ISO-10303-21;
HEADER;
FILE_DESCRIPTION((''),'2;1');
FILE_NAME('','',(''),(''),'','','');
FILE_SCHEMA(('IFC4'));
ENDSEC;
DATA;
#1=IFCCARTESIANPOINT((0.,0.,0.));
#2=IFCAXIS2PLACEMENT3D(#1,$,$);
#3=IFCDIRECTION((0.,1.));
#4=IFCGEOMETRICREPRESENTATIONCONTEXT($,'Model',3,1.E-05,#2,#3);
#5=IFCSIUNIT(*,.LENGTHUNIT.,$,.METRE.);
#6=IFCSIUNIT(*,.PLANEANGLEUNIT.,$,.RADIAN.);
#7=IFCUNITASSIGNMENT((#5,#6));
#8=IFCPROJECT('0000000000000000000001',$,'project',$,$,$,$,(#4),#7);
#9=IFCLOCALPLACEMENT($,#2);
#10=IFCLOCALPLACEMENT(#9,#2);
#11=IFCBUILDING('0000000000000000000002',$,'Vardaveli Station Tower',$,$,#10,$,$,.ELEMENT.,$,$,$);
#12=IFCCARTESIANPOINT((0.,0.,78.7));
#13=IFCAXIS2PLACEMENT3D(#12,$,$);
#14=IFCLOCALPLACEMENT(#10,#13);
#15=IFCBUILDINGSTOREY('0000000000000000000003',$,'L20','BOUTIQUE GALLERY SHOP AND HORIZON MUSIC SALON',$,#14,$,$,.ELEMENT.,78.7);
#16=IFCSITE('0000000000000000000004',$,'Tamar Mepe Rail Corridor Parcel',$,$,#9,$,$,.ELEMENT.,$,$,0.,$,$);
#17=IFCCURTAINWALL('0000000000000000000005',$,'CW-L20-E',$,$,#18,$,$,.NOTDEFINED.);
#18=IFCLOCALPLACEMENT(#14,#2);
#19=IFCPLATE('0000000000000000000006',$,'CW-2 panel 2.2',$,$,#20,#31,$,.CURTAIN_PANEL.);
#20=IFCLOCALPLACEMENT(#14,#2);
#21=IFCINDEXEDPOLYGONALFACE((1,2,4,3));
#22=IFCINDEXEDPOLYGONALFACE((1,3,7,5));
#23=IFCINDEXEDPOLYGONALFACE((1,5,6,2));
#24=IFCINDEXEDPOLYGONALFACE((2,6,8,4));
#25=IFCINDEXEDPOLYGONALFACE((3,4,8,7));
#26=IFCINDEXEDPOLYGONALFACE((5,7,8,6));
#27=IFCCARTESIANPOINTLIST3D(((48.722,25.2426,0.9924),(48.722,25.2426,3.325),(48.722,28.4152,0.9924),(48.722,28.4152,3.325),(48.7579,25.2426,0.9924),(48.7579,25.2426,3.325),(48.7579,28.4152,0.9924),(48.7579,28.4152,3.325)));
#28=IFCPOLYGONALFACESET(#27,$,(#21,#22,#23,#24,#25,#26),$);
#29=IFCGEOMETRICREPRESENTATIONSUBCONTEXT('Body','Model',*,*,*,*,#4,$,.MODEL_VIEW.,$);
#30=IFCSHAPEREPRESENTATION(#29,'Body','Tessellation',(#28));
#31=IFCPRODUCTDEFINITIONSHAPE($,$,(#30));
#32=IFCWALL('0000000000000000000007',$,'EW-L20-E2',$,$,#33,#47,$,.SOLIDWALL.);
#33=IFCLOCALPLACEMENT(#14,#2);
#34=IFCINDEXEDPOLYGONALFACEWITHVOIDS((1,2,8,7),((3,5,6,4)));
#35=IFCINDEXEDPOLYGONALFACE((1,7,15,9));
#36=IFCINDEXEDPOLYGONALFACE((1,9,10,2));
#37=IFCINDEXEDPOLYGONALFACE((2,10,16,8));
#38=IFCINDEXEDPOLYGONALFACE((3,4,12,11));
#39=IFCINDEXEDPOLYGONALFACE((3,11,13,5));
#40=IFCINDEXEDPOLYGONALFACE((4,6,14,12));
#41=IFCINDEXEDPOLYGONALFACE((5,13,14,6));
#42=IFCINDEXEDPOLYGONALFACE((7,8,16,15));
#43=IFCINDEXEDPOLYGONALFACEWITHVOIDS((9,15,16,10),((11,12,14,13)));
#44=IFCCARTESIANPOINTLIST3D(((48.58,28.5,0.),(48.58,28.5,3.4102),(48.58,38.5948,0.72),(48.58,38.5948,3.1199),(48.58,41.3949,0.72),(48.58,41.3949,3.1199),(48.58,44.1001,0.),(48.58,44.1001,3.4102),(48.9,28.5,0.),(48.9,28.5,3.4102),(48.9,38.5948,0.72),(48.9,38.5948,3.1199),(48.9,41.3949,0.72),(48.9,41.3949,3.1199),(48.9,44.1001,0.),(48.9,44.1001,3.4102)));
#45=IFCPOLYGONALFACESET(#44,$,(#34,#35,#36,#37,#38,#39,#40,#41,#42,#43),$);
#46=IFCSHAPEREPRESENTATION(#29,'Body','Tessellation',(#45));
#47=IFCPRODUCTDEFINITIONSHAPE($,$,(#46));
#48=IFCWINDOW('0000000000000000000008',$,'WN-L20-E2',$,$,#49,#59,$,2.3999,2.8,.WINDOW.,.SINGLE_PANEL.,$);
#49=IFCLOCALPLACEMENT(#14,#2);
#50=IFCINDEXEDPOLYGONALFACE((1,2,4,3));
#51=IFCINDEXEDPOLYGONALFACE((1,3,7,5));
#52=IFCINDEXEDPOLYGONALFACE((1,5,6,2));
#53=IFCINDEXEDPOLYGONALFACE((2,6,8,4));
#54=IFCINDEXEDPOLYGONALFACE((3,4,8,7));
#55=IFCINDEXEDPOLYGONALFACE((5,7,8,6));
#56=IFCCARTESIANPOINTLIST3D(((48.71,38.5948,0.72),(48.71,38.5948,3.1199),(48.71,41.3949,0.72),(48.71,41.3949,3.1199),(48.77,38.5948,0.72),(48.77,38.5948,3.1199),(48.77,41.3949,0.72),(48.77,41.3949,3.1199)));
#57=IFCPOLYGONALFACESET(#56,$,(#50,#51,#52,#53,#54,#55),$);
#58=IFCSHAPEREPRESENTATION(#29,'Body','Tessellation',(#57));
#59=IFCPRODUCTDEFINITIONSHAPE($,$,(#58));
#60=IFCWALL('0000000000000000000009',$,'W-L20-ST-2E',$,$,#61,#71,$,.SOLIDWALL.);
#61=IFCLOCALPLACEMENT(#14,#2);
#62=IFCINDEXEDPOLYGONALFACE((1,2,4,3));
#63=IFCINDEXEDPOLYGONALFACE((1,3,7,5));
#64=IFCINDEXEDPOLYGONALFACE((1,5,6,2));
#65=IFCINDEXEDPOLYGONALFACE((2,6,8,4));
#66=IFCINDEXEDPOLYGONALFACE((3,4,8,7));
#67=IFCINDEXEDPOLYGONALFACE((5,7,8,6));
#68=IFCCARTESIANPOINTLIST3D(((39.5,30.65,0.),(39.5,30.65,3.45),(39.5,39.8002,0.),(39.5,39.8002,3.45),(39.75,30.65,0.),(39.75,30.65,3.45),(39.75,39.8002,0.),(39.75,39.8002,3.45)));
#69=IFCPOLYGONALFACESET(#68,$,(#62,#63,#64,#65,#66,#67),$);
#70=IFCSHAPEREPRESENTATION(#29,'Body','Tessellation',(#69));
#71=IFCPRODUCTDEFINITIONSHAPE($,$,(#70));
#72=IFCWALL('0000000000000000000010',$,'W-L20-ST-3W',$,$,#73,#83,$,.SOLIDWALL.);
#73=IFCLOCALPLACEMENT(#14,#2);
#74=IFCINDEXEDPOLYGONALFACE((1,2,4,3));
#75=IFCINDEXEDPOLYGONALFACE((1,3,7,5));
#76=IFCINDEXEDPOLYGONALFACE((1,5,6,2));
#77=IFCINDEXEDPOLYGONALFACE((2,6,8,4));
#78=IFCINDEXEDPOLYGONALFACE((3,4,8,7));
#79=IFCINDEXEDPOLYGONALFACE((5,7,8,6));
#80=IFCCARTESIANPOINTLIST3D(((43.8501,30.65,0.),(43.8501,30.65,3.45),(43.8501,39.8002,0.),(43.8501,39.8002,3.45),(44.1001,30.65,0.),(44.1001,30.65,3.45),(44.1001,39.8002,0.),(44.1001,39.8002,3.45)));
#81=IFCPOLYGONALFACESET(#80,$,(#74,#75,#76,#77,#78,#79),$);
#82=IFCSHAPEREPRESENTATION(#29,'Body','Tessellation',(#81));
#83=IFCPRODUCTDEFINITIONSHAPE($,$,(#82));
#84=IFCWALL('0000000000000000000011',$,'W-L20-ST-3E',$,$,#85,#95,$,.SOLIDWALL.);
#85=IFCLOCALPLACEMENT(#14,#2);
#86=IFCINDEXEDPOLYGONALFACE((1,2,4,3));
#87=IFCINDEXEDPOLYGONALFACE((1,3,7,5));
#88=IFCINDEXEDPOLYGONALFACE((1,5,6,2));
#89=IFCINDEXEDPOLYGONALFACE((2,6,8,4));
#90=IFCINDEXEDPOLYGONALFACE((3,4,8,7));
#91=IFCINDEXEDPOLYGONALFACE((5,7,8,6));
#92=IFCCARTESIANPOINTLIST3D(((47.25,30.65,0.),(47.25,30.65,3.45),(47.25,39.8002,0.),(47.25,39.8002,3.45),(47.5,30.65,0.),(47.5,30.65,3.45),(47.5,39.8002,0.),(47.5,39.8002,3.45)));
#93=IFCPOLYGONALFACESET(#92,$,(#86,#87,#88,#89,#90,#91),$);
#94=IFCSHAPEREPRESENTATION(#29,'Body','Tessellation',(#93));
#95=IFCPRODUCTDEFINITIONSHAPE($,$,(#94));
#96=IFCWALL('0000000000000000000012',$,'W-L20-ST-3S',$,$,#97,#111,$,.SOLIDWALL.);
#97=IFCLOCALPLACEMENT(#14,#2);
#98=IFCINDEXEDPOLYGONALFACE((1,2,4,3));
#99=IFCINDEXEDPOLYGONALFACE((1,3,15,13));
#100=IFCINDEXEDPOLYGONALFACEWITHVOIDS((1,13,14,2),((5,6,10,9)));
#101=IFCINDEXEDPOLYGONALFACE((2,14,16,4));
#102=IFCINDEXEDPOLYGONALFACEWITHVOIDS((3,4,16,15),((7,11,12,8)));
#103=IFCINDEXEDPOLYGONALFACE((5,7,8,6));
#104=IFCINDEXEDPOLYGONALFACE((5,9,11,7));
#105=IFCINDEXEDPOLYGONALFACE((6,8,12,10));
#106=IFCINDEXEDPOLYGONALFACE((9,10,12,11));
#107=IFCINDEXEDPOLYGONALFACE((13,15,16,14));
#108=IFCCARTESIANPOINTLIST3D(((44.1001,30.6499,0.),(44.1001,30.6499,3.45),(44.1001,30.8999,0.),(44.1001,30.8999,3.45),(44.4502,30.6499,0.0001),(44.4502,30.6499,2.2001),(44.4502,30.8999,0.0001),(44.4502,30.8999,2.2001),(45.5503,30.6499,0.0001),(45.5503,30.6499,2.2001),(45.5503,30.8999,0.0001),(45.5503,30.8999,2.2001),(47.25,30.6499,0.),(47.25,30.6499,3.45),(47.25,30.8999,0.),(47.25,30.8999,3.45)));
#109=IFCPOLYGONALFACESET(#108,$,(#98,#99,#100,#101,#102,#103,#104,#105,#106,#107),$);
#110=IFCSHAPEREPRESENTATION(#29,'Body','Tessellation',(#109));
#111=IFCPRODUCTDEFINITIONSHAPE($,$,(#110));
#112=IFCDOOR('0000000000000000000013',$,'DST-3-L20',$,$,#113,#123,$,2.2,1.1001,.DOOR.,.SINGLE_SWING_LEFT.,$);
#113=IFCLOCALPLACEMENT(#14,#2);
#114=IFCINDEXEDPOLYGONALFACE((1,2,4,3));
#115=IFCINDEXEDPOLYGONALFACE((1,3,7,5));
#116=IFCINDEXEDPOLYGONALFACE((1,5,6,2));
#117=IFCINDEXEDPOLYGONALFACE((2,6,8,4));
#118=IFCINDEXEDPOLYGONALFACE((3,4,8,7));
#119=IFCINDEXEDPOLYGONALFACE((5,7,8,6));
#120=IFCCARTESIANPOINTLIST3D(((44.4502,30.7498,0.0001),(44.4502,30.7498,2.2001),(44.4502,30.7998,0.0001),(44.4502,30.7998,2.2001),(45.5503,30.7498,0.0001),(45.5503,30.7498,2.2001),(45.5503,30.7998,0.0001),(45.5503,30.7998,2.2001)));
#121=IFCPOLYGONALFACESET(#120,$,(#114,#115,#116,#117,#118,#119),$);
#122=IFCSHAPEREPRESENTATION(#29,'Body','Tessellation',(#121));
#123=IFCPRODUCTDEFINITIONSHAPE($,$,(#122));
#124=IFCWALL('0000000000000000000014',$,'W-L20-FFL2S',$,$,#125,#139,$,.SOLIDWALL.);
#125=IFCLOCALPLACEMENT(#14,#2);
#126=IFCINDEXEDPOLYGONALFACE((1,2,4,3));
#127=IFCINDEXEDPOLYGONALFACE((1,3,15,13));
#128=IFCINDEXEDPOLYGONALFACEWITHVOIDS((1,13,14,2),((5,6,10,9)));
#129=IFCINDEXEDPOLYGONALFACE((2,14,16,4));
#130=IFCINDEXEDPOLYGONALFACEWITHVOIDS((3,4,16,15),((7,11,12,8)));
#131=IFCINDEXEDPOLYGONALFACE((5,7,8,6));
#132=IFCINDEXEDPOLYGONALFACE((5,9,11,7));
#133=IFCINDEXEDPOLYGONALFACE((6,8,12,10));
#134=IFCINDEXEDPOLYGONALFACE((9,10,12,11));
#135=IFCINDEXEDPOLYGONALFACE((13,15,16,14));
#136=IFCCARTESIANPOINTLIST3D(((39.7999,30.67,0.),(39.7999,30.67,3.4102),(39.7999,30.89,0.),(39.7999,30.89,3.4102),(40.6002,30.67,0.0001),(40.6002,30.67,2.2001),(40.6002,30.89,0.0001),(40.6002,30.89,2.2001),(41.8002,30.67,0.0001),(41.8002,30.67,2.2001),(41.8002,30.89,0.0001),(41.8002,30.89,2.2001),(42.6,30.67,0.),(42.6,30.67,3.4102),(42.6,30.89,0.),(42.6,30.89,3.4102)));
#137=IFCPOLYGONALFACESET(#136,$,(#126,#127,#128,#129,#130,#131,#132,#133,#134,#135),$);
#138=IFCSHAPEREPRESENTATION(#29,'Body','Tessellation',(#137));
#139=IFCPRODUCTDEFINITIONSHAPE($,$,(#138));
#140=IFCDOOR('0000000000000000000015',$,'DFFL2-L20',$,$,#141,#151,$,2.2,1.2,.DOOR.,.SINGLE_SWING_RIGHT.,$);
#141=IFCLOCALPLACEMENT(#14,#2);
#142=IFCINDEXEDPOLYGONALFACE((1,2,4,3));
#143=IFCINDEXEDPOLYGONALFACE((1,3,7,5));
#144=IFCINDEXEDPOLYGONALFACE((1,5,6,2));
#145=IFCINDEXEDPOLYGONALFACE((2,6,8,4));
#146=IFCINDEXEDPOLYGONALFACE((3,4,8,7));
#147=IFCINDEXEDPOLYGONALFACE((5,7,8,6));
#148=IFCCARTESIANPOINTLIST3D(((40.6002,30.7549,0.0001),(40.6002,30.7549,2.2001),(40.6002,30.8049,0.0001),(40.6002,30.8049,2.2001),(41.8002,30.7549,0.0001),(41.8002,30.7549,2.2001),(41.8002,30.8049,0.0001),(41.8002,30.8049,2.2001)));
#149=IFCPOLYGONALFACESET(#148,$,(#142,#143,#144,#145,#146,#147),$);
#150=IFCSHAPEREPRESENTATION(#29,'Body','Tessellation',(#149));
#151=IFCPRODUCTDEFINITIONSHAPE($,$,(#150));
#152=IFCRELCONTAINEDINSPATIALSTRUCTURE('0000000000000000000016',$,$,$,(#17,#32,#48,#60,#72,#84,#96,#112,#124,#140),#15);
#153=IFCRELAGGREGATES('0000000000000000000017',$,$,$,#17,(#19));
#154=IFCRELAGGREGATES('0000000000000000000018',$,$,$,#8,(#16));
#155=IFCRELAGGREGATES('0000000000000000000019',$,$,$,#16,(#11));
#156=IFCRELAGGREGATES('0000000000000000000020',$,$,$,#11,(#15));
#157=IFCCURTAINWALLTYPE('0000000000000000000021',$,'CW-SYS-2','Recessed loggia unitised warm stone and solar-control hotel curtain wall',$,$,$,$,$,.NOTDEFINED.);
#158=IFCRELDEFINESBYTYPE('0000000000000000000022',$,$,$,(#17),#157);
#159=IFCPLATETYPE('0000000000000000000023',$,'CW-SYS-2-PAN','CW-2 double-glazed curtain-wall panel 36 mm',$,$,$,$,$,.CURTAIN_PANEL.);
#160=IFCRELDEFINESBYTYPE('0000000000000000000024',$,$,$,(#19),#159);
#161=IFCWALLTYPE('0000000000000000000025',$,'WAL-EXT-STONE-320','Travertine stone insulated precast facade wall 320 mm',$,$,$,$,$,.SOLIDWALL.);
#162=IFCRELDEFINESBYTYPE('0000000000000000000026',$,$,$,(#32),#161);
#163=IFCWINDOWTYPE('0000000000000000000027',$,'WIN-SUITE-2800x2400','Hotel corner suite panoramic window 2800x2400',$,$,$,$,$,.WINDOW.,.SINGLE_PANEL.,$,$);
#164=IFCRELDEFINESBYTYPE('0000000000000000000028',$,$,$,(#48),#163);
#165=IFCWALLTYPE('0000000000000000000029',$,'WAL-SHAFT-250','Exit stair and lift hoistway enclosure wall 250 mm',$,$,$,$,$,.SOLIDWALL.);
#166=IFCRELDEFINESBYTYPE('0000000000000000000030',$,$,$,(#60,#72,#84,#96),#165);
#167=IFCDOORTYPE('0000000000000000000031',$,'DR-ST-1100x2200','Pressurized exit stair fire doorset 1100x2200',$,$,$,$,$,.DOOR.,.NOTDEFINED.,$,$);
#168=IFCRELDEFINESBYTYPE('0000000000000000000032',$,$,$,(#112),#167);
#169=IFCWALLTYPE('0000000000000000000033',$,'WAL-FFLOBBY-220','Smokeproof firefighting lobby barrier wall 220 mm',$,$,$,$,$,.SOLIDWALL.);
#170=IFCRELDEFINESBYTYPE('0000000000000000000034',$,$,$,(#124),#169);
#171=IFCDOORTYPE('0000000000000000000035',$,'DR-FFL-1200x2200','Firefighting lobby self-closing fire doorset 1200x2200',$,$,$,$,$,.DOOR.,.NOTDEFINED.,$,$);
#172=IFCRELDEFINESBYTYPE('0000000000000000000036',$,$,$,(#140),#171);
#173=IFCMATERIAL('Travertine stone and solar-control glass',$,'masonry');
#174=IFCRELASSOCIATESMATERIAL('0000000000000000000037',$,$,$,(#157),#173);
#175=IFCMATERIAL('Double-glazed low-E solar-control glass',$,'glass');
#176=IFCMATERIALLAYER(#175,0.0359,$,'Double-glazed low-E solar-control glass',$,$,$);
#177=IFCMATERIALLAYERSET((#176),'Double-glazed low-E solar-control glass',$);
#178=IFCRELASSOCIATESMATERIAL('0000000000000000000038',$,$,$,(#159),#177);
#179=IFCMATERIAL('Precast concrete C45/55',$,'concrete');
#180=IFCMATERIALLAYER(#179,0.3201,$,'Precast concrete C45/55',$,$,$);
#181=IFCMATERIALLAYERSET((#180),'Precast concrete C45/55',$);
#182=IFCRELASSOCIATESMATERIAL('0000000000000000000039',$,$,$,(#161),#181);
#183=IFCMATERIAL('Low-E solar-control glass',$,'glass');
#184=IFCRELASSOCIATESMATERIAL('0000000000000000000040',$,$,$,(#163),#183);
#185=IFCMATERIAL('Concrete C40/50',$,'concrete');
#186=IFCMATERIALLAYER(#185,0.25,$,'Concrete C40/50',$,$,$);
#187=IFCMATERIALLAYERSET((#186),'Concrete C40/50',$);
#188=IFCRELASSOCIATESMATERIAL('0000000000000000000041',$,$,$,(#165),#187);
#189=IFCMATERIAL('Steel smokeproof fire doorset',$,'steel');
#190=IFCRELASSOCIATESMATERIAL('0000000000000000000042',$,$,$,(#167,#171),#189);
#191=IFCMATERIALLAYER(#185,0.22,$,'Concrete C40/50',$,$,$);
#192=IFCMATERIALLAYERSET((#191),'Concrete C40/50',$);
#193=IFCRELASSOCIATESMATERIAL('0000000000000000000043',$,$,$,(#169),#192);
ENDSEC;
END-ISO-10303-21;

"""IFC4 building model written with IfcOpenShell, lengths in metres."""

from ifc_helpers import new_model, si_unit, direction, frame, frame_2d, origin, origin_2d, place, context, subcontext, project, spatial, rectangle, extrude, source, transform, mapped, material, layer, layer_set, type_object, element, fill, aggregate, save


model = new_model("IFC4")

# Units and contexts
model_context = context("Model", 3, precision=1e-05, world=origin(), true_north=direction((0.0, 1.0)))
body_context = subcontext(model_context, "Body", "Model", "MODEL_VIEW")
ifc_project = project(units=[si_unit("LENGTHUNIT", "METRE"), si_unit("PLANEANGLEUNIT", "RADIAN")], contexts=[model_context])

# Site, building, storey
site_placement = place(None, origin())
site = spatial("IfcSite", under=ifc_project, at=site_placement, Name="Tamar Mepe Rail Corridor Parcel", CompositionType="ELEMENT", RefElevation=0.0)
building_placement = place(site_placement, origin())
building = spatial("IfcBuilding", under=site, at=building_placement, Name="Vardaveli Station Tower", CompositionType="ELEMENT")
storey_placement = place(building_placement, frame((0.0, 0.0, 78.7)))
storey = spatial("IfcBuildingStorey", under=building, at=storey_placement, Name="L20", Description="BOUTIQUE GALLERY SHOP AND HORIZON MUSIC SALON", CompositionType="ELEMENT", Elevation=78.7)

# Shared definitions
ifc_material_1 = material(Name="Precast concrete C45/55", Category="concrete")

# Curtain wall, plate
ifc_material_2 = material(Name="Travertine stone and solar-control glass", Category="masonry")
curtain_wall_type = type_object("IfcCurtainWallType", Name="CW-SYS-2", Description="Recessed loggia unitised warm stone and solar-control hotel curtain wall", PredefinedType="NOTDEFINED", material=ifc_material_2)
curtain_wall_placement = place(storey_placement, origin())
curtain_wall = element("IfcCurtainWall", 1, at=curtain_wall_placement, inside=storey, type_object=curtain_wall_type, Name="CW-L20-E", PredefinedType="NOTDEFINED")
ifc_material_3 = material(Name="Double-glazed low-E solar-control glass", Category="glass")
ifc_layer_1 = layer(ifc_material_3, 0.0359, Name="Double-glazed low-E solar-control glass")
ifc_layer_set_1 = layer_set([ifc_layer_1], Name="Double-glazed low-E solar-control glass")
plate_type = type_object("IfcPlateType", Name="CW-SYS-2-PAN", Description="CW-2 double-glazed curtain-wall panel 36 mm", PredefinedType="CURTAIN_PANEL", material=ifc_layer_set_1)
shared_shape_1 = source(origin(), body_context, "Body", "SweptSolid", [
    extrude(rectangle(XDim=3.1726, YDim=0.0359, at=origin_2d()), origin(), (0.0, 0.0, 1.0), 2.3325),
])
plate_placement = place(storey_placement, frame((48.74, 26.8289, 0.9924), z_axis=(0.0, 0.0, 1.0), x_axis=(0.0, 1.0, 0.0)))
plate = element("IfcPlate", 2, at=plate_placement, type_object=plate_type, Name="CW-2 panel 2.2", PredefinedType="CURTAIN_PANEL", context=body_context, shape_type="MappedRepresentation", body=[
    mapped(shared_shape_1, transform((0.0, 0.0, 0.0), scale=1.0)),
])
aggregate(curtain_wall, [plate])

# Wall, opening, window
ifc_layer_2 = layer(ifc_material_1, 0.3201, Name="Precast concrete C45/55")
ifc_layer_set_2 = layer_set([ifc_layer_2], Name="Precast concrete C45/55")
wall_type_1 = type_object("IfcWallType", Name="WAL-EXT-STONE-320", Description="Travertine stone insulated precast facade wall 320 mm", PredefinedType="SOLIDWALL", material=ifc_layer_set_2)
shared_shape_2 = source(origin(), body_context, "Body", "SweptSolid", [
    extrude(rectangle(XDim=15.6001, YDim=0.3201, at=frame_2d((7.8, 0.0))), origin(), (0.0, 0.0, 1.0), 3.4102),
])
wall_1_placement = place(storey_placement, frame((48.74, 28.5, 0.0), z_axis=(0.0, 0.0, 1.0), x_axis=(0.0, 1.0, 0.0)))
wall_1 = element("IfcWall", 3, at=wall_1_placement, inside=storey, type_object=wall_type_1, Name="EW-L20-E2", PredefinedType="SOLIDWALL", context=body_context, shape_type="MappedRepresentation", body=[
    mapped(shared_shape_2, transform((0.0, 0.0, 0.0), scale=1.0)),
])
shared_shape_3 = source(origin(), body_context, "Body", "SweptSolid", [
    extrude(rectangle(XDim=2.8, YDim=2.3999, at=frame_2d((1.3999, 1.2))), frame((0.0, 0.1699, 0.0), z_axis=(0.0, -1.0, 0.0), x_axis=(1.0, 0.0, 0.0)), (0.0, 0.0, 1.0), 0.3401),
])
opening_1_placement = place(wall_1_placement, frame((10.095, 0.0, 0.72)))
opening_1 = element("IfcOpeningElement", 4, at=opening_1_placement, cuts=wall_1, PredefinedType="OPENING", context=body_context, shape_type="MappedRepresentation", body=[
    mapped(shared_shape_3, transform((0.0, 0.0, 0.0), scale=1.0)),
])
ifc_material_4 = material(Name="Low-E solar-control glass", Category="glass")
window_type = type_object("IfcWindowType", Name="WIN-SUITE-2800x2400", Description="Hotel corner suite panoramic window 2800x2400", PartitioningType="SINGLE_PANEL", PredefinedType="WINDOW", material=ifc_material_4)
shared_shape_4 = source(origin(), body_context, "Body", "SweptSolid", [
    extrude(rectangle(XDim=2.8, YDim=2.3999, at=frame_2d((1.3999, 1.2))), frame((0.0, 0.03, 0.0), z_axis=(0.0, -1.0, 0.0), x_axis=(1.0, 0.0, 0.0)), (0.0, 0.0, 1.0), 0.0601),
])
window_placement = place(opening_1_placement, origin())
window = element("IfcWindow", 5, at=window_placement, inside=storey, type_object=window_type, Name="WN-L20-E2", OverallHeight=2.3999, OverallWidth=2.8, PartitioningType="SINGLE_PANEL", PredefinedType="WINDOW", context=body_context, shape_type="MappedRepresentation", body=[
    mapped(shared_shape_4, transform((0.0, 0.0, 0.0), scale=1.0)),
])
fill(opening_1, window)

# Walls
ifc_material_5 = material(Name="Concrete C40/50", Category="concrete")
ifc_layer_3 = layer(ifc_material_5, 0.25, Name="Concrete C40/50")
ifc_layer_set_3 = layer_set([ifc_layer_3], Name="Concrete C40/50")
wall_type_2 = type_object("IfcWallType", Name="WAL-SHAFT-250", Description="Exit stair and lift hoistway enclosure wall 250 mm", PredefinedType="SOLIDWALL", material=ifc_layer_set_3)
shared_shape_5 = source(origin(), body_context, "Body", "SweptSolid", [
    extrude(rectangle(XDim=9.1501, YDim=0.25, at=frame_2d((4.5752, 0.0))), origin(), (0.0, 0.0, 1.0), 3.45),
])
for number, where, z_axis, x_axis, name in (
    (6, (39.625, 30.6499, 0.0), (0.0, 0.0, 1.0), (0.0, 1.0, 0.0), "W-L20-ST-2E"),
    (7, (43.9751, 30.6499, 0.0), (0.0, 0.0, 1.0), (0.0, 1.0, 0.0), "W-L20-ST-3W"),
    (8, (47.375, 30.6499, 0.0), (0.0, 0.0, 1.0), (0.0, 1.0, 0.0), "W-L20-ST-3E"),
):
    element("IfcWall", number, at=place(storey_placement, frame(where, z_axis=z_axis, x_axis=x_axis)), inside=storey, type_object=wall_type_2, Name=name, PredefinedType="SOLIDWALL", context=body_context, shape_type="MappedRepresentation", body=[
        mapped(shared_shape_5, transform((0.0, 0.0, 0.0), scale=1.0)),
    ])

# Walls, openings, doors
shared_shape_6 = source(origin(), body_context, "Body", "SweptSolid", [
    extrude(rectangle(XDim=3.1499, YDim=0.25, at=frame_2d((1.575, 0.0))), origin(), (0.0, 0.0, 1.0), 3.45),
])
wall_2_placement = place(storey_placement, frame((44.1001, 30.7749, 0.0), z_axis=(0.0, 0.0, 1.0), x_axis=(1.0, 0.0, 0.0)))
wall_2 = element("IfcWall", 9, at=wall_2_placement, inside=storey, type_object=wall_type_2, Name="W-L20-ST-3S", PredefinedType="SOLIDWALL", context=body_context, shape_type="MappedRepresentation", body=[
    mapped(shared_shape_6, transform((0.0, 0.0, 0.0), scale=1.0)),
])
shared_shape_7 = source(origin(), body_context, "Body", "SweptSolid", [
    extrude(rectangle(XDim=1.1001, YDim=2.2, at=frame_2d((0.55, 1.1001))), frame((0.0, 0.135, 0.0), z_axis=(0.0, -1.0, 0.0), x_axis=(1.0, 0.0, 0.0)), (0.0, 0.0, 1.0), 0.27),
])
opening_2_placement = place(wall_2_placement, frame((0.3501, 0.0, 0.0)))
opening_2 = element("IfcOpeningElement", 10, at=opening_2_placement, cuts=wall_2, PredefinedType="OPENING", context=body_context, shape_type="MappedRepresentation", body=[
    mapped(shared_shape_7, transform((0.0, 0.0, 0.0), scale=1.0)),
])
ifc_material_6 = material(Name="Steel smokeproof fire doorset", Category="steel")
door_type_1 = type_object("IfcDoorType", Name="DR-ST-1100x2200", Description="Pressurized exit stair fire doorset 1100x2200", OperationType="NOTDEFINED", PredefinedType="DOOR", material=ifc_material_6)
shared_shape_8 = source(origin(), body_context, "Body", "SweptSolid", [
    extrude(rectangle(XDim=1.1001, YDim=2.2, at=frame_2d((0.55, 1.1001))), frame((0.0, 0.0249, 0.0), z_axis=(0.0, -1.0, 0.0), x_axis=(1.0, 0.0, 0.0)), (0.0, 0.0, 1.0), 0.05),
])
door_1_placement = place(opening_2_placement, origin())
door_1 = element("IfcDoor", 11, at=door_1_placement, inside=storey, type_object=door_type_1, Name="DST-3-L20", OperationType="SINGLE_SWING_LEFT", OverallHeight=2.2, OverallWidth=1.1001, PredefinedType="DOOR", context=body_context, shape_type="MappedRepresentation", body=[
    mapped(shared_shape_8, transform((0.0, 0.0, 0.0), scale=1.0)),
])
fill(opening_2, door_1)
ifc_layer_4 = layer(ifc_material_5, 0.22, Name="Concrete C40/50")
ifc_layer_set_4 = layer_set([ifc_layer_4], Name="Concrete C40/50")
wall_type_3 = type_object("IfcWallType", Name="WAL-FFLOBBY-220", Description="Smokeproof firefighting lobby barrier wall 220 mm", PredefinedType="SOLIDWALL", material=ifc_layer_set_4)
shared_shape_9 = source(origin(), body_context, "Body", "SweptSolid", [
    extrude(rectangle(XDim=2.8, YDim=0.22, at=frame_2d((1.3999, 0.0))), origin(), (0.0, 0.0, 1.0), 3.4102),
])
wall_3_placement = place(storey_placement, frame((39.8, 30.78, 0.0), z_axis=(0.0, 0.0, 1.0), x_axis=(1.0, 0.0, 0.0)))
wall_3 = element("IfcWall", 12, at=wall_3_placement, inside=storey, type_object=wall_type_3, Name="W-L20-FFL2S", PredefinedType="SOLIDWALL", context=body_context, shape_type="MappedRepresentation", body=[
    mapped(shared_shape_9, transform((0.0, 0.0, 0.0), scale=1.0)),
])
shared_shape_10 = source(origin(), body_context, "Body", "SweptSolid", [
    extrude(rectangle(XDim=1.2, YDim=2.2, at=frame_2d((0.6001, 1.1001))), frame((0.0, 0.1201, 0.0), z_axis=(0.0, -1.0, 0.0), x_axis=(1.0, 0.0, 0.0)), (0.0, 0.0, 1.0), 0.24),
])
opening_3_placement = place(wall_3_placement, frame((0.8, 0.0, 0.0)))
opening_3 = element("IfcOpeningElement", 13, at=opening_3_placement, cuts=wall_3, PredefinedType="OPENING", context=body_context, shape_type="MappedRepresentation", body=[
    mapped(shared_shape_10, transform((0.0, 0.0, 0.0), scale=1.0)),
])
door_type_2 = type_object("IfcDoorType", Name="DR-FFL-1200x2200", Description="Firefighting lobby self-closing fire doorset 1200x2200", OperationType="NOTDEFINED", PredefinedType="DOOR", material=ifc_material_6)
shared_shape_11 = source(origin(), body_context, "Body", "SweptSolid", [
    extrude(rectangle(XDim=1.2, YDim=2.2, at=frame_2d((0.6001, 1.1001))), frame((0.0, 0.0249, 0.0), z_axis=(0.0, -1.0, 0.0), x_axis=(1.0, 0.0, 0.0)), (0.0, 0.0, 1.0), 0.05),
])
door_2_placement = place(opening_3_placement, origin())
door_2 = element("IfcDoor", 14, at=door_2_placement, inside=storey, type_object=door_type_2, Name="DFFL2-L20", OperationType="SINGLE_SWING_RIGHT", OverallHeight=2.2, OverallWidth=1.2, PredefinedType="DOOR", context=body_context, shape_type="MappedRepresentation", body=[
    mapped(shared_shape_11, transform((0.0, 0.0, 0.0), scale=1.0)),
])
fill(opening_3, door_2)

save(model, "model.ifc")
